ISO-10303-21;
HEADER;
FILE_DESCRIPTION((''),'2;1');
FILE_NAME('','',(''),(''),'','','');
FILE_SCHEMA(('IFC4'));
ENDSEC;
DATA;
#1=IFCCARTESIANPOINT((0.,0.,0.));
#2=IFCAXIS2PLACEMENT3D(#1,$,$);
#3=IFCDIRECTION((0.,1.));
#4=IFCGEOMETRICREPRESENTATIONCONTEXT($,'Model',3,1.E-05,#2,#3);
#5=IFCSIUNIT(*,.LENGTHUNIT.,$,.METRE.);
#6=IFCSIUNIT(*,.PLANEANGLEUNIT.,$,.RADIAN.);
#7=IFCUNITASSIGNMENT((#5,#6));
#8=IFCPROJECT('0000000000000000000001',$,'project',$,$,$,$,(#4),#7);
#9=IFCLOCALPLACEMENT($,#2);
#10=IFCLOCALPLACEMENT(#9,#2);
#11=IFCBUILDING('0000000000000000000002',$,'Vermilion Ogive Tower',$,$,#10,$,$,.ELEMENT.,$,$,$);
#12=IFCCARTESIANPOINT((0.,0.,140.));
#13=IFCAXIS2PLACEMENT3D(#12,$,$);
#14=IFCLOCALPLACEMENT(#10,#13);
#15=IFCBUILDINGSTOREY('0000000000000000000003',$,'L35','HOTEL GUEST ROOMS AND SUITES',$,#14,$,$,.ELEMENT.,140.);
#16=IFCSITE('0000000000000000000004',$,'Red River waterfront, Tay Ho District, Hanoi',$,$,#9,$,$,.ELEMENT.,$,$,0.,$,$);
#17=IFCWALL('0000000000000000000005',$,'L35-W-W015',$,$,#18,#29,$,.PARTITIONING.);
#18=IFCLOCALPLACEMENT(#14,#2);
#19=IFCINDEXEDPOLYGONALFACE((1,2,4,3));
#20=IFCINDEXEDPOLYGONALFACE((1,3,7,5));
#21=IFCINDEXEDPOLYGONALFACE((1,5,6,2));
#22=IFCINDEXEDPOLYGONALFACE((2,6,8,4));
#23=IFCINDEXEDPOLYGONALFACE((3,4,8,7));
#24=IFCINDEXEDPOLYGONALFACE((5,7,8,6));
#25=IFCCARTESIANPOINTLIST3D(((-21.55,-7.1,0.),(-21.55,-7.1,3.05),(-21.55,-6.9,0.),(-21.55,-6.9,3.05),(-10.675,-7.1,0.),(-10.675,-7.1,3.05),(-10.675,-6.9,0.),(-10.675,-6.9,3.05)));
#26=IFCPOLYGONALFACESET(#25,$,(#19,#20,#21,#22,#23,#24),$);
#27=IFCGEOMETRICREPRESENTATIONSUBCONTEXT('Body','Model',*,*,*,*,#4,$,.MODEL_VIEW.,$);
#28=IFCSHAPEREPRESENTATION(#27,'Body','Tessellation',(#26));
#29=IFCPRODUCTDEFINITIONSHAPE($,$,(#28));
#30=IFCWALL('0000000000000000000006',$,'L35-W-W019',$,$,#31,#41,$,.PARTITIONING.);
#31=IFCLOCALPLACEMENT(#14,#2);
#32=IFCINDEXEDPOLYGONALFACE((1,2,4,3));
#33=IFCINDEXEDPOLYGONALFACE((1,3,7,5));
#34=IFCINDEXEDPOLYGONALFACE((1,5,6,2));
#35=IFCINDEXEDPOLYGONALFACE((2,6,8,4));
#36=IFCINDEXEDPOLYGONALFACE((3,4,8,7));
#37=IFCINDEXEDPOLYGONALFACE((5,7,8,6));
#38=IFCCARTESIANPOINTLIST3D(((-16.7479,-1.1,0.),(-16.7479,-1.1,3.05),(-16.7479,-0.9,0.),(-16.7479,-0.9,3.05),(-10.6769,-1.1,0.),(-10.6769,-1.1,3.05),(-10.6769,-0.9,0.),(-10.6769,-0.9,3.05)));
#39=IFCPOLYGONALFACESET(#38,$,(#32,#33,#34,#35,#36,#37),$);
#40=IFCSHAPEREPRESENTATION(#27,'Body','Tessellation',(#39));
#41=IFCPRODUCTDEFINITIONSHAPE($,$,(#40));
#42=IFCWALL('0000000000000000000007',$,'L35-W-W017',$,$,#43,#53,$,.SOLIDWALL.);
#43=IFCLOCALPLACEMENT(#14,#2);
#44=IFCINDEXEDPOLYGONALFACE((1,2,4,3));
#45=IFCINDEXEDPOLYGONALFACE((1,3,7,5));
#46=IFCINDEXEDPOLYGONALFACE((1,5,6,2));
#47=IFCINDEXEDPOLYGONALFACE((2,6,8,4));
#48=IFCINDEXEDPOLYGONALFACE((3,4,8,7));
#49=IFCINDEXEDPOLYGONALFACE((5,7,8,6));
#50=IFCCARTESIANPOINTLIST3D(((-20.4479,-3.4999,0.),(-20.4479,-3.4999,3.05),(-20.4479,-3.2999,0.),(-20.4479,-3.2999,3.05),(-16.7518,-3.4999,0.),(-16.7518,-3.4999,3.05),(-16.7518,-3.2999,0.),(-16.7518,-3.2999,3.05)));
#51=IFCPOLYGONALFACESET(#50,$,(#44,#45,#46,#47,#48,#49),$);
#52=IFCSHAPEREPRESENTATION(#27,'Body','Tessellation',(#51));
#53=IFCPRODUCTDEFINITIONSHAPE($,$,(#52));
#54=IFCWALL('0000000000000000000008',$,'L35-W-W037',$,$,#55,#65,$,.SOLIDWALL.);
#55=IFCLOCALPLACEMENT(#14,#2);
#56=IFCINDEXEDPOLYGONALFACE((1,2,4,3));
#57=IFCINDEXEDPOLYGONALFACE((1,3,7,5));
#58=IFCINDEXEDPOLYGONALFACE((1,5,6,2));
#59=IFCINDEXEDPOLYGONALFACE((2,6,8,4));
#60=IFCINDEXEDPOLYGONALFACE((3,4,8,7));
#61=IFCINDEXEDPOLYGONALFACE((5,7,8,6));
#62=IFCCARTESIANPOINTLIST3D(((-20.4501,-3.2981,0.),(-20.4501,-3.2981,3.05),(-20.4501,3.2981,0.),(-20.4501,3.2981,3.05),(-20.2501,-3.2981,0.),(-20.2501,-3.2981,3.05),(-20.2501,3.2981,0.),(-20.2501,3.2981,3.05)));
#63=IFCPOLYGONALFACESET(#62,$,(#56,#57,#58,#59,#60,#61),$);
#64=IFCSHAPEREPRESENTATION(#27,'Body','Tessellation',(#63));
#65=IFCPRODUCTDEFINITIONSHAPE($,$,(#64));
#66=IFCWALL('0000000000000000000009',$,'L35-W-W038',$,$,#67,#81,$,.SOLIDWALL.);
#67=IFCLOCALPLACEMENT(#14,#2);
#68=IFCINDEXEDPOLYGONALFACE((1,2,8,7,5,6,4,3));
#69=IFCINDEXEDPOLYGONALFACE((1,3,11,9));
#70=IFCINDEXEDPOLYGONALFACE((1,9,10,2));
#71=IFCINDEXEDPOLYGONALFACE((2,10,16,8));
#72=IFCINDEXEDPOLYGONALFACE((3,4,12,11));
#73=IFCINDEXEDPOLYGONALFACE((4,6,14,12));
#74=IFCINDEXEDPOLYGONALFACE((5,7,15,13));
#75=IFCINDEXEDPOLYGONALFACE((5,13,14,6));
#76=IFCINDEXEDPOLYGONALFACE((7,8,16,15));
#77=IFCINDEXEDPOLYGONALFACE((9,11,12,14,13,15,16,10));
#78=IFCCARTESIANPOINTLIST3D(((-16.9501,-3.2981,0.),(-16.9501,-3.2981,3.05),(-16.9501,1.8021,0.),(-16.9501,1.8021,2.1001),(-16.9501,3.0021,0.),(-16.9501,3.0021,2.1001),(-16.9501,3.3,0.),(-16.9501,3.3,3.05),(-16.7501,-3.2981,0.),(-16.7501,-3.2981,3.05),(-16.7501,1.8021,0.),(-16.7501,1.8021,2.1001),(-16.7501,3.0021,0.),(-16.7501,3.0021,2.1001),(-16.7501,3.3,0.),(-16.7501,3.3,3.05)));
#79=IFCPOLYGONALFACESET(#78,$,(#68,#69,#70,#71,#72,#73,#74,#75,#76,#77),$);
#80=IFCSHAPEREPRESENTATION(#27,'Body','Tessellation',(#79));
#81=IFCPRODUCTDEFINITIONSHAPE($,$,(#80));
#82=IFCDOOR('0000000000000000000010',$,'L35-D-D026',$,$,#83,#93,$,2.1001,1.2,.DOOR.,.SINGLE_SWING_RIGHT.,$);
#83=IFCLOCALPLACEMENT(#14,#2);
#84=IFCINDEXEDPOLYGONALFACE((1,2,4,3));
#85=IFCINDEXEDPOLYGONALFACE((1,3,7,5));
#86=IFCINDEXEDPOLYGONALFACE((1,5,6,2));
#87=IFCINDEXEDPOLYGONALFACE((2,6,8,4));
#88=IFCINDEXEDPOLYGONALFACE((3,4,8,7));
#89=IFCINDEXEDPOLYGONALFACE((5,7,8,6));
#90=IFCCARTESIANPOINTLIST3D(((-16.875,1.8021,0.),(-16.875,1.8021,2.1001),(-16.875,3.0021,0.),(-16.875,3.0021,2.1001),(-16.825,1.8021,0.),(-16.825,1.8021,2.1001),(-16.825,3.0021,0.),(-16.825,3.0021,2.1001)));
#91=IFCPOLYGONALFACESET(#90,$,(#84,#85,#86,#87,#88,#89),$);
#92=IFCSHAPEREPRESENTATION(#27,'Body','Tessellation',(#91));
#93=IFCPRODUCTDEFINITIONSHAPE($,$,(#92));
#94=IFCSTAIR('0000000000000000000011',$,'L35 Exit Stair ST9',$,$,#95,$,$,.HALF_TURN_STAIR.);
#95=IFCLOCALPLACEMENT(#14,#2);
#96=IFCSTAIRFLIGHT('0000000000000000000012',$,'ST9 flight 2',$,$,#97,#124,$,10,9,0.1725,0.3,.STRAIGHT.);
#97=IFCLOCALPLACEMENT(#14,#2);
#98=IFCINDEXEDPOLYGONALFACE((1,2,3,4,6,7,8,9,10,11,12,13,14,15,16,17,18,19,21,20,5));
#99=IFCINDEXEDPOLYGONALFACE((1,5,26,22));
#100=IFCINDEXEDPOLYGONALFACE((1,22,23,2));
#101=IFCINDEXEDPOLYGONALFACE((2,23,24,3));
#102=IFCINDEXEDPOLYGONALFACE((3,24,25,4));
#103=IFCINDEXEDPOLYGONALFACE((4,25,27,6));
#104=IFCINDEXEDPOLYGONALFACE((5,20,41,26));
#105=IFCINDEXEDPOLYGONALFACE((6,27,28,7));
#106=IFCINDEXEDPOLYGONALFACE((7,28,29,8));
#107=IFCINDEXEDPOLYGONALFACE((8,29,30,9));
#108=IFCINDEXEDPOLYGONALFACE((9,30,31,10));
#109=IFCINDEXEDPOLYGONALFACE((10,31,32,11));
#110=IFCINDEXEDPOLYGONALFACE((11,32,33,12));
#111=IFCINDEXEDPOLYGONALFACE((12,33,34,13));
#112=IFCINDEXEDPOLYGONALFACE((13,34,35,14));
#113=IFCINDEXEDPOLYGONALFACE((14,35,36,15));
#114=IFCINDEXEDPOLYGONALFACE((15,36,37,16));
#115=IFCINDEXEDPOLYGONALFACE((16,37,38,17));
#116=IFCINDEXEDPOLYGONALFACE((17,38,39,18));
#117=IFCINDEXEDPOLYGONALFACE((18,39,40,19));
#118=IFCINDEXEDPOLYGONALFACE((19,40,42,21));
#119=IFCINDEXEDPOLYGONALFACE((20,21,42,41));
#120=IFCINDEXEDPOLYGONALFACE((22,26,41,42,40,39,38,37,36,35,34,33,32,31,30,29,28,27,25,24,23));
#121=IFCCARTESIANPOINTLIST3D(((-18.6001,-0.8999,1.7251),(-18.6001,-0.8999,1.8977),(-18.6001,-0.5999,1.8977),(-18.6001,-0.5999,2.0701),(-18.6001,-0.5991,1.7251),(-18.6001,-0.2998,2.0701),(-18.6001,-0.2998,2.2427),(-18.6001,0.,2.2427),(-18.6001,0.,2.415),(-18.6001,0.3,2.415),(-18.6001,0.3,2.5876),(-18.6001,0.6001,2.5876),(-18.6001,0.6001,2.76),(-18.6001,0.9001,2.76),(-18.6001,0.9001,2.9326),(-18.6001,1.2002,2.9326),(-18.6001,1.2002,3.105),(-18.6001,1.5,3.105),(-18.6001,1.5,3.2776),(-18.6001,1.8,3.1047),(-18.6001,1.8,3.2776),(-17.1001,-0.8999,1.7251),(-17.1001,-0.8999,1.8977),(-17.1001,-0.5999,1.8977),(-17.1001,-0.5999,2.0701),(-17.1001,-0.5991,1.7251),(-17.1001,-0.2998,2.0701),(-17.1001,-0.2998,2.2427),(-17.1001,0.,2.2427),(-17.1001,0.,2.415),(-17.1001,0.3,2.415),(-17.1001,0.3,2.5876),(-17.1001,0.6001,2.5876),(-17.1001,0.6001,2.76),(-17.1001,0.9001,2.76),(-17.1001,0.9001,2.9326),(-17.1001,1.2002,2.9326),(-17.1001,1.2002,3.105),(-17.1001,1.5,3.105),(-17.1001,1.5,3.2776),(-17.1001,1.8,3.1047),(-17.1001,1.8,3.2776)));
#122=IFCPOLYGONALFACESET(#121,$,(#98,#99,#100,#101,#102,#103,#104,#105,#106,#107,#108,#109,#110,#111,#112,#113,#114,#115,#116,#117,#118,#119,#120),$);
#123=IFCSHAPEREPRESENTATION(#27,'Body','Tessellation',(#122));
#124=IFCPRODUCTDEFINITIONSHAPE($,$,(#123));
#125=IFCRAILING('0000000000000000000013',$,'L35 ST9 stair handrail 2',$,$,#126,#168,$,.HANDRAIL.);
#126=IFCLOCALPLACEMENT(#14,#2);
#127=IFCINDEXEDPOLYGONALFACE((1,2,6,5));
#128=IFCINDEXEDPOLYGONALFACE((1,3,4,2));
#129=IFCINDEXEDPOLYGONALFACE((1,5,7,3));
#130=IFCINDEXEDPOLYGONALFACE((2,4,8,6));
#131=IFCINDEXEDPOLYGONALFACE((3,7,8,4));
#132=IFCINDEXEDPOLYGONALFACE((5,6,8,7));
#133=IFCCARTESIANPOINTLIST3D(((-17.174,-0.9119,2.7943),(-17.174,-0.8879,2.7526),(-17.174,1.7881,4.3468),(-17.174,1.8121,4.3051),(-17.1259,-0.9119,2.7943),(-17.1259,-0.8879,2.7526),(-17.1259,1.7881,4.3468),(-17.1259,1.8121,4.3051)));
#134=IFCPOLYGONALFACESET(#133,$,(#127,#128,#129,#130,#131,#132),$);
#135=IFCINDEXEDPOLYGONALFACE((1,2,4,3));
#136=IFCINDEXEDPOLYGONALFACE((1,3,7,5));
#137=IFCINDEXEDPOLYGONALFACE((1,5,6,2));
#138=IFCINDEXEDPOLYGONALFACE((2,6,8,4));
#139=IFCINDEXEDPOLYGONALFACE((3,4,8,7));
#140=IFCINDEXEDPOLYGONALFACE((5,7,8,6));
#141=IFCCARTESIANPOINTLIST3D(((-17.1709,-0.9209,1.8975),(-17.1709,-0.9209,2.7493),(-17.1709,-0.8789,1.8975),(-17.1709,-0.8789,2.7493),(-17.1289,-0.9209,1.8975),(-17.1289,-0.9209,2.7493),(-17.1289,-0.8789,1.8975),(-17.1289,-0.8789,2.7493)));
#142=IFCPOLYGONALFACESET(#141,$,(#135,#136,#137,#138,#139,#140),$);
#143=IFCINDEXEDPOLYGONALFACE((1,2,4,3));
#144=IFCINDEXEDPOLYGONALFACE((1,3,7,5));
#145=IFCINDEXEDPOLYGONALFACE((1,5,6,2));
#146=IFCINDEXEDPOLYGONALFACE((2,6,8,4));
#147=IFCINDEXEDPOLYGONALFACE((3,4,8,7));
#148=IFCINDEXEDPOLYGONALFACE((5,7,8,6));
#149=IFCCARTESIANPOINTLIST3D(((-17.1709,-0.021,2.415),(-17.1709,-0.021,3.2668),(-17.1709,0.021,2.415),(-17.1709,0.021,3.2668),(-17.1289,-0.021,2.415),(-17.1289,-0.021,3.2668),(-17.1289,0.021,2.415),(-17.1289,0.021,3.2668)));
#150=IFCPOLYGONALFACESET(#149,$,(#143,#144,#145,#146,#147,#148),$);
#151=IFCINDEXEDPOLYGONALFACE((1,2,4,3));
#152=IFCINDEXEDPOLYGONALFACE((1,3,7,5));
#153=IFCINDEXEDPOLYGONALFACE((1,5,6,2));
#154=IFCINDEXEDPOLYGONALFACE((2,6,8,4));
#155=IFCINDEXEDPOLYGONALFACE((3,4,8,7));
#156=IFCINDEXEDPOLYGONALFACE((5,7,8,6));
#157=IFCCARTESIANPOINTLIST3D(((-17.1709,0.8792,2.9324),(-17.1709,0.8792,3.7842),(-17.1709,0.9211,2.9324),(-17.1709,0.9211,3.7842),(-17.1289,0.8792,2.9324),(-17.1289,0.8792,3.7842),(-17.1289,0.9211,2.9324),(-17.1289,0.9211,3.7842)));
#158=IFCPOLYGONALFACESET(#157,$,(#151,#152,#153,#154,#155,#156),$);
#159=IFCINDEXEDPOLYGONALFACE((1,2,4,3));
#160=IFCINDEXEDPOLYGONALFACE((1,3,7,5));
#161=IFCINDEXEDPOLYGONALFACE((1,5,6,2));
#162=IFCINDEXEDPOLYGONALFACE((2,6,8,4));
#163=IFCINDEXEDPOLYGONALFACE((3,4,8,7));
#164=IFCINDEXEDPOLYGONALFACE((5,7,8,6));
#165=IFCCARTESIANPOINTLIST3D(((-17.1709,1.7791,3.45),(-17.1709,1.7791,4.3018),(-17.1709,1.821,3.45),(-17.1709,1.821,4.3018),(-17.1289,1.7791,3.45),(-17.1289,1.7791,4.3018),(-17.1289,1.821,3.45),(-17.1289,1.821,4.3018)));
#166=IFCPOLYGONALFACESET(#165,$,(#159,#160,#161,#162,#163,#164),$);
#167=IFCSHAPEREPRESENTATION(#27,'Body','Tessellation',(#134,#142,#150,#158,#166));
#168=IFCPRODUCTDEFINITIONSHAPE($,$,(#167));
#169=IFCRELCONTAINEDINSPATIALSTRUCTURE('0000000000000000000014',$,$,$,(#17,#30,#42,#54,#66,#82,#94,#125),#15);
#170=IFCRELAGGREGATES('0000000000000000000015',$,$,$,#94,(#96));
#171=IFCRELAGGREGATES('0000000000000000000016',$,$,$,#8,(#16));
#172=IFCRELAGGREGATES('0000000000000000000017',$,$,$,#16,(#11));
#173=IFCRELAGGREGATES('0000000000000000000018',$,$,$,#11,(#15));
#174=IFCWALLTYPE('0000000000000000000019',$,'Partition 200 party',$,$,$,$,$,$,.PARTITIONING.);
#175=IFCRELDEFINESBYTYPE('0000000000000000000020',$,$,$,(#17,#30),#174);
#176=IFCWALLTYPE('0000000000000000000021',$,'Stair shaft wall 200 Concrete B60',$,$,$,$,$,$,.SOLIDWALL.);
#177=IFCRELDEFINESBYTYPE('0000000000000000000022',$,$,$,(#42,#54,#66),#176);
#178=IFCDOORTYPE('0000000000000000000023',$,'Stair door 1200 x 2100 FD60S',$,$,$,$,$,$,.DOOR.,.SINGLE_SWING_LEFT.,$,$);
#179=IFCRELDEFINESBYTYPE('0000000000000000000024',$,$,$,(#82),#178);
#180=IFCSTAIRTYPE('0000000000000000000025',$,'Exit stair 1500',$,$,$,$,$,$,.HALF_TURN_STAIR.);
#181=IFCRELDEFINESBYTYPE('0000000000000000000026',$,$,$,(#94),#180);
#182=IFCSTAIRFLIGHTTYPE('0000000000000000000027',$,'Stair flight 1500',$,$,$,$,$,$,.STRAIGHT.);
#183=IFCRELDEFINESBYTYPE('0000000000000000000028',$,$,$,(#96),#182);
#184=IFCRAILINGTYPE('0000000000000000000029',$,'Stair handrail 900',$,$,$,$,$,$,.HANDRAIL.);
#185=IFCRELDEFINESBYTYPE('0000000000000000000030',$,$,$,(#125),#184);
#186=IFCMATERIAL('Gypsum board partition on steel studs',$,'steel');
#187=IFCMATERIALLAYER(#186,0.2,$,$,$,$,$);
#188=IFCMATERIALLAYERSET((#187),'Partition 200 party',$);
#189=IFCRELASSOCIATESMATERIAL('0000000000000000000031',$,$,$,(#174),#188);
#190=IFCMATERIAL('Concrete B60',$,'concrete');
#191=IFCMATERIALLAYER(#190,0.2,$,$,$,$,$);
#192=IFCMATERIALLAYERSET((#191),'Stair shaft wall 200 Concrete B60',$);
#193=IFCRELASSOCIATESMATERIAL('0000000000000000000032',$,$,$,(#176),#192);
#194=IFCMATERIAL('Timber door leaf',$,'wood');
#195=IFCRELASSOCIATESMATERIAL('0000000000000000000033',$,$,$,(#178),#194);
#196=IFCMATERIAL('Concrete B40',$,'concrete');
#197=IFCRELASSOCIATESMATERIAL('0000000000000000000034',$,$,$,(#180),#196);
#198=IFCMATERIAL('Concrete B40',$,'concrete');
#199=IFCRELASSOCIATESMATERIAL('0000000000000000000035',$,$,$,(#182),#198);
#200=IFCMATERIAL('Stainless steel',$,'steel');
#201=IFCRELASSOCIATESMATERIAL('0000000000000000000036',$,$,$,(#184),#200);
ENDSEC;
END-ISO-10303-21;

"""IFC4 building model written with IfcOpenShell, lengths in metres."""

from ifc_helpers import new_model, si_unit, direction, frame, frame_2d, origin, origin_2d, place, context, subcontext, project, spatial, polyline, rectangle, outline, extrude, material, layer, layer_set, type_object, element, fill, aggregate, save


model = new_model("IFC4")

# Units and contexts
model_context = context("Model", 3, precision=1e-05, world=origin(), true_north=direction((0.0, 1.0)))
body_context = subcontext(model_context, "Body", "Model", "MODEL_VIEW")
ifc_project = project(units=[si_unit("LENGTHUNIT", "METRE"), si_unit("PLANEANGLEUNIT", "RADIAN")], contexts=[model_context])

# Site, building, storey
site_placement = place(None, origin())
site = spatial("IfcSite", under=ifc_project, at=site_placement, Name="Red River waterfront, Tay Ho District, Hanoi", CompositionType="ELEMENT", RefElevation=0.0)
building_placement = place(site_placement, origin())
building = spatial("IfcBuilding", under=site, at=building_placement, Name="Vermilion Ogive Tower", CompositionType="ELEMENT")
storey_placement = place(building_placement, frame((0.0, 0.0, 140.0)))
storey = spatial("IfcBuildingStorey", under=building, at=storey_placement, Name="L35", Description="HOTEL GUEST ROOMS AND SUITES", CompositionType="ELEMENT", Elevation=140.0)

# Walls
ifc_material_1 = material(Name="Gypsum board partition on steel studs", Category="steel")
ifc_layer_1 = layer(ifc_material_1, 0.2)
ifc_layer_set_1 = layer_set([ifc_layer_1], Name="Partition 200 party")
wall_type_1 = type_object("IfcWallType", Name="Partition 200 party", PredefinedType="PARTITIONING", material=ifc_layer_set_1)
wall_1_placement = place(storey_placement, frame((-21.55, -7.0, 0.0), z_axis=(0.0, 0.0, 1.0), x_axis=(1.0, 0.0, 0.0)))
element("IfcWall", 1, at=wall_1_placement, inside=storey, type_object=wall_type_1, Name="L35-W-W015", PredefinedType="PARTITIONING", context=body_context, shape_type="SweptSolid", body=[
    extrude(rectangle(XDim=10.875, YDim=0.2, at=frame_2d((5.4375, 0.0))), origin(), (0.0, 0.0, 1.0), 3.05),
])
wall_2_placement = place(storey_placement, frame((-16.748, -1.0, 0.0), z_axis=(0.0, 0.0, 1.0), x_axis=(1.0, 0.0, 0.0)))
element("IfcWall", 2, at=wall_2_placement, inside=storey, type_object=wall_type_1, Name="L35-W-W019", PredefinedType="PARTITIONING", context=body_context, shape_type="SweptSolid", body=[
    extrude(rectangle(XDim=6.071, YDim=0.2, at=frame_2d((3.0356, 0.0))), origin(), (0.0, 0.0, 1.0), 3.05),
])
ifc_material_2 = material(Name="Concrete B60", Category="concrete")
ifc_layer_2 = layer(ifc_material_2, 0.2)
ifc_layer_set_2 = layer_set([ifc_layer_2], Name="Stair shaft wall 200 Concrete B60")
wall_type_2 = type_object("IfcWallType", Name="Stair shaft wall 200 Concrete B60", PredefinedType="SOLIDWALL", material=ifc_layer_set_2)
wall_3_placement = place(storey_placement, frame((-20.448, -3.3999, 0.0), z_axis=(0.0, 0.0, 1.0), x_axis=(1.0, 0.0, 0.0)))
element("IfcWall", 3, at=wall_3_placement, inside=storey, type_object=wall_type_2, Name="L35-W-W017", PredefinedType="SOLIDWALL", context=body_context, shape_type="SweptSolid", body=[
    extrude(rectangle(XDim=3.696, YDim=0.2, at=frame_2d((1.8481, 0.0))), origin(), (0.0, 0.0, 1.0), 3.05),
])
wall_4_placement = place(storey_placement, frame((-20.3501, -3.2981, 0.0), z_axis=(0.0, 0.0, 1.0), x_axis=(0.0, 1.0, 0.0)))
element("IfcWall", 4, at=wall_4_placement, inside=storey, type_object=wall_type_2, Name="L35-W-W037", PredefinedType="SOLIDWALL", context=body_context, shape_type="SweptSolid", body=[
    extrude(rectangle(XDim=6.5962, YDim=0.2, at=frame_2d((3.2981, 0.0))), origin(), (0.0, 0.0, 1.0), 3.05),
])

# Wall, opening, door
wall_5_placement = place(storey_placement, frame((-16.8501, -3.2981, 0.0), z_axis=(0.0, 0.0, 1.0), x_axis=(0.0, 1.0, 0.0)))
wall_5 = element("IfcWall", 5, at=wall_5_placement, inside=storey, type_object=wall_type_2, Name="L35-W-W038", PredefinedType="SOLIDWALL", context=body_context, shape_type="SweptSolid", body=[
    extrude(rectangle(XDim=6.5981, YDim=0.2, at=frame_2d((3.2991, 0.0))), origin(), (0.0, 0.0, 1.0), 3.05),
])
opening_placement = place(wall_5_placement, frame((5.1001, 0.0, 0.0)))
opening = element("IfcOpeningElement", 6, at=opening_placement, cuts=wall_5, PredefinedType="OPENING", context=body_context, shape_type="SweptSolid", body=[
    extrude(rectangle(XDim=1.2, YDim=2.1001, at=frame_2d((0.6001, 1.05))), frame((0.0, 0.1099, 0.0), z_axis=(0.0, -1.0, 0.0), x_axis=(1.0, 0.0, 0.0)), (0.0, 0.0, 1.0), 0.22),
])
ifc_material_3 = material(Name="Timber door leaf", Category="wood")
door_type = type_object("IfcDoorType", Name="Stair door 1200 x 2100 FD60S", OperationType="SINGLE_SWING_LEFT", PredefinedType="DOOR", material=ifc_material_3)
door_placement = place(opening_placement, origin())
door = element("IfcDoor", 7, at=door_placement, inside=storey, type_object=door_type, Name="L35-D-D026", OperationType="SINGLE_SWING_RIGHT", OverallHeight=2.1001, OverallWidth=1.2, PredefinedType="DOOR", context=body_context, shape_type="SweptSolid", body=[
    extrude(rectangle(XDim=1.2, YDim=2.1001, at=frame_2d((0.6001, 1.05))), frame((0.0, 0.0249, 0.0), z_axis=(0.0, -1.0, 0.0), x_axis=(1.0, 0.0, 0.0)), (0.0, 0.0, 1.0), 0.05),
])
fill(opening, door)

# Stair, stair flight
ifc_material_4 = material(Name="Concrete B40", Category="concrete")
stair_type = type_object("IfcStairType", Name="Exit stair 1500", PredefinedType="HALF_TURN_STAIR", material=ifc_material_4)
stair_placement = place(storey_placement, origin())
stair = element("IfcStair", 8, at=stair_placement, inside=storey, type_object=stair_type, Name="L35 Exit Stair ST9", PredefinedType="HALF_TURN_STAIR")
ifc_material_5 = material(Name="Concrete B40", Category="concrete")
stair_flight_type = type_object("IfcStairFlightType", Name="Stair flight 1500", PredefinedType="STRAIGHT", material=ifc_material_5)
stair_flight_placement = place(storey_placement, frame((-17.8501, -0.8999, 1.7251), z_axis=(0.0, 0.0, 1.0), x_axis=(0.0, 1.0, 0.0)))
stair_flight = element("IfcStairFlight", 9, at=stair_flight_placement, type_object=stair_flight_type, Name="ST9 flight 2", NumberOfRisers=10, NumberOfTreads=9, PredefinedType="STRAIGHT", RiserHeight=0.1725, TreadLength=0.3, context=body_context, shape_type="SweptSolid", body=[
    extrude(outline(polyline([(0.0, 0.0), (0.0, 0.1726), (0.3, 0.1726), (0.3, 0.345), (0.6001, 0.345), (0.6001, 0.5176), (0.8999, 0.5176), (0.8999, 0.6899), (1.2, 0.6899), (1.2, 0.8625), (1.5, 0.8625), (1.5, 1.0349), (1.8, 1.0349), (1.8, 1.2075), (2.1001, 1.2075), (2.1001, 1.3799), (2.3999, 1.3799), (2.3999, 1.5525), (2.7, 1.5525), (2.7, 1.7251), (2.7, 1.3796), (0.3008, 0.0), (0.0, 0.0)])), frame((0.0, 0.75, 0.0), z_axis=(0.0, -1.0, 0.0), x_axis=(1.0, 0.0, 0.0)), (0.0, 0.0, 1.0), 1.5),
])
aggregate(stair, [stair_flight])

# Railing
ifc_material_6 = material(Name="Stainless steel", Category="steel")
railing_type = type_object("IfcRailingType", Name="Stair handrail 900", PredefinedType="HANDRAIL", material=ifc_material_6)
railing_placement = place(storey_placement, frame((-17.1499, -0.8999, 1.8975)))
element("IfcRailing", 10, at=railing_placement, inside=storey, type_object=railing_type, Name="L35 ST9 stair handrail 2", PredefinedType="HANDRAIL", context=body_context, shape_type="SweptSolid", body=[
    extrude(rectangle(XDim=0.0481, YDim=0.0481, at=origin_2d()), frame((0.0, 0.0, 0.876), z_axis=(0.0, 0.866904, 0.498476), x_axis=(-1.0, 0.0, 0.0)), (0.0, 0.0, 1.0), 3.1145),
    extrude(rectangle(XDim=0.042, YDim=0.042, at=origin_2d()), origin(), (0.0, 0.0, 1.0), 0.8518),
    extrude(rectangle(XDim=0.042, YDim=0.042, at=origin_2d()), frame((0.0, 0.8999, 0.5176)), (0.0, 0.0, 1.0), 0.8518),
    extrude(rectangle(XDim=0.042, YDim=0.042, at=origin_2d()), frame((0.0, 1.8, 1.0349)), (0.0, 0.0, 1.0), 0.8518),
    extrude(rectangle(XDim=0.042, YDim=0.042, at=origin_2d()), frame((0.0, 2.7, 1.5525)), (0.0, 0.0, 1.0), 0.8518),
])

save(model, "model.ifc")
